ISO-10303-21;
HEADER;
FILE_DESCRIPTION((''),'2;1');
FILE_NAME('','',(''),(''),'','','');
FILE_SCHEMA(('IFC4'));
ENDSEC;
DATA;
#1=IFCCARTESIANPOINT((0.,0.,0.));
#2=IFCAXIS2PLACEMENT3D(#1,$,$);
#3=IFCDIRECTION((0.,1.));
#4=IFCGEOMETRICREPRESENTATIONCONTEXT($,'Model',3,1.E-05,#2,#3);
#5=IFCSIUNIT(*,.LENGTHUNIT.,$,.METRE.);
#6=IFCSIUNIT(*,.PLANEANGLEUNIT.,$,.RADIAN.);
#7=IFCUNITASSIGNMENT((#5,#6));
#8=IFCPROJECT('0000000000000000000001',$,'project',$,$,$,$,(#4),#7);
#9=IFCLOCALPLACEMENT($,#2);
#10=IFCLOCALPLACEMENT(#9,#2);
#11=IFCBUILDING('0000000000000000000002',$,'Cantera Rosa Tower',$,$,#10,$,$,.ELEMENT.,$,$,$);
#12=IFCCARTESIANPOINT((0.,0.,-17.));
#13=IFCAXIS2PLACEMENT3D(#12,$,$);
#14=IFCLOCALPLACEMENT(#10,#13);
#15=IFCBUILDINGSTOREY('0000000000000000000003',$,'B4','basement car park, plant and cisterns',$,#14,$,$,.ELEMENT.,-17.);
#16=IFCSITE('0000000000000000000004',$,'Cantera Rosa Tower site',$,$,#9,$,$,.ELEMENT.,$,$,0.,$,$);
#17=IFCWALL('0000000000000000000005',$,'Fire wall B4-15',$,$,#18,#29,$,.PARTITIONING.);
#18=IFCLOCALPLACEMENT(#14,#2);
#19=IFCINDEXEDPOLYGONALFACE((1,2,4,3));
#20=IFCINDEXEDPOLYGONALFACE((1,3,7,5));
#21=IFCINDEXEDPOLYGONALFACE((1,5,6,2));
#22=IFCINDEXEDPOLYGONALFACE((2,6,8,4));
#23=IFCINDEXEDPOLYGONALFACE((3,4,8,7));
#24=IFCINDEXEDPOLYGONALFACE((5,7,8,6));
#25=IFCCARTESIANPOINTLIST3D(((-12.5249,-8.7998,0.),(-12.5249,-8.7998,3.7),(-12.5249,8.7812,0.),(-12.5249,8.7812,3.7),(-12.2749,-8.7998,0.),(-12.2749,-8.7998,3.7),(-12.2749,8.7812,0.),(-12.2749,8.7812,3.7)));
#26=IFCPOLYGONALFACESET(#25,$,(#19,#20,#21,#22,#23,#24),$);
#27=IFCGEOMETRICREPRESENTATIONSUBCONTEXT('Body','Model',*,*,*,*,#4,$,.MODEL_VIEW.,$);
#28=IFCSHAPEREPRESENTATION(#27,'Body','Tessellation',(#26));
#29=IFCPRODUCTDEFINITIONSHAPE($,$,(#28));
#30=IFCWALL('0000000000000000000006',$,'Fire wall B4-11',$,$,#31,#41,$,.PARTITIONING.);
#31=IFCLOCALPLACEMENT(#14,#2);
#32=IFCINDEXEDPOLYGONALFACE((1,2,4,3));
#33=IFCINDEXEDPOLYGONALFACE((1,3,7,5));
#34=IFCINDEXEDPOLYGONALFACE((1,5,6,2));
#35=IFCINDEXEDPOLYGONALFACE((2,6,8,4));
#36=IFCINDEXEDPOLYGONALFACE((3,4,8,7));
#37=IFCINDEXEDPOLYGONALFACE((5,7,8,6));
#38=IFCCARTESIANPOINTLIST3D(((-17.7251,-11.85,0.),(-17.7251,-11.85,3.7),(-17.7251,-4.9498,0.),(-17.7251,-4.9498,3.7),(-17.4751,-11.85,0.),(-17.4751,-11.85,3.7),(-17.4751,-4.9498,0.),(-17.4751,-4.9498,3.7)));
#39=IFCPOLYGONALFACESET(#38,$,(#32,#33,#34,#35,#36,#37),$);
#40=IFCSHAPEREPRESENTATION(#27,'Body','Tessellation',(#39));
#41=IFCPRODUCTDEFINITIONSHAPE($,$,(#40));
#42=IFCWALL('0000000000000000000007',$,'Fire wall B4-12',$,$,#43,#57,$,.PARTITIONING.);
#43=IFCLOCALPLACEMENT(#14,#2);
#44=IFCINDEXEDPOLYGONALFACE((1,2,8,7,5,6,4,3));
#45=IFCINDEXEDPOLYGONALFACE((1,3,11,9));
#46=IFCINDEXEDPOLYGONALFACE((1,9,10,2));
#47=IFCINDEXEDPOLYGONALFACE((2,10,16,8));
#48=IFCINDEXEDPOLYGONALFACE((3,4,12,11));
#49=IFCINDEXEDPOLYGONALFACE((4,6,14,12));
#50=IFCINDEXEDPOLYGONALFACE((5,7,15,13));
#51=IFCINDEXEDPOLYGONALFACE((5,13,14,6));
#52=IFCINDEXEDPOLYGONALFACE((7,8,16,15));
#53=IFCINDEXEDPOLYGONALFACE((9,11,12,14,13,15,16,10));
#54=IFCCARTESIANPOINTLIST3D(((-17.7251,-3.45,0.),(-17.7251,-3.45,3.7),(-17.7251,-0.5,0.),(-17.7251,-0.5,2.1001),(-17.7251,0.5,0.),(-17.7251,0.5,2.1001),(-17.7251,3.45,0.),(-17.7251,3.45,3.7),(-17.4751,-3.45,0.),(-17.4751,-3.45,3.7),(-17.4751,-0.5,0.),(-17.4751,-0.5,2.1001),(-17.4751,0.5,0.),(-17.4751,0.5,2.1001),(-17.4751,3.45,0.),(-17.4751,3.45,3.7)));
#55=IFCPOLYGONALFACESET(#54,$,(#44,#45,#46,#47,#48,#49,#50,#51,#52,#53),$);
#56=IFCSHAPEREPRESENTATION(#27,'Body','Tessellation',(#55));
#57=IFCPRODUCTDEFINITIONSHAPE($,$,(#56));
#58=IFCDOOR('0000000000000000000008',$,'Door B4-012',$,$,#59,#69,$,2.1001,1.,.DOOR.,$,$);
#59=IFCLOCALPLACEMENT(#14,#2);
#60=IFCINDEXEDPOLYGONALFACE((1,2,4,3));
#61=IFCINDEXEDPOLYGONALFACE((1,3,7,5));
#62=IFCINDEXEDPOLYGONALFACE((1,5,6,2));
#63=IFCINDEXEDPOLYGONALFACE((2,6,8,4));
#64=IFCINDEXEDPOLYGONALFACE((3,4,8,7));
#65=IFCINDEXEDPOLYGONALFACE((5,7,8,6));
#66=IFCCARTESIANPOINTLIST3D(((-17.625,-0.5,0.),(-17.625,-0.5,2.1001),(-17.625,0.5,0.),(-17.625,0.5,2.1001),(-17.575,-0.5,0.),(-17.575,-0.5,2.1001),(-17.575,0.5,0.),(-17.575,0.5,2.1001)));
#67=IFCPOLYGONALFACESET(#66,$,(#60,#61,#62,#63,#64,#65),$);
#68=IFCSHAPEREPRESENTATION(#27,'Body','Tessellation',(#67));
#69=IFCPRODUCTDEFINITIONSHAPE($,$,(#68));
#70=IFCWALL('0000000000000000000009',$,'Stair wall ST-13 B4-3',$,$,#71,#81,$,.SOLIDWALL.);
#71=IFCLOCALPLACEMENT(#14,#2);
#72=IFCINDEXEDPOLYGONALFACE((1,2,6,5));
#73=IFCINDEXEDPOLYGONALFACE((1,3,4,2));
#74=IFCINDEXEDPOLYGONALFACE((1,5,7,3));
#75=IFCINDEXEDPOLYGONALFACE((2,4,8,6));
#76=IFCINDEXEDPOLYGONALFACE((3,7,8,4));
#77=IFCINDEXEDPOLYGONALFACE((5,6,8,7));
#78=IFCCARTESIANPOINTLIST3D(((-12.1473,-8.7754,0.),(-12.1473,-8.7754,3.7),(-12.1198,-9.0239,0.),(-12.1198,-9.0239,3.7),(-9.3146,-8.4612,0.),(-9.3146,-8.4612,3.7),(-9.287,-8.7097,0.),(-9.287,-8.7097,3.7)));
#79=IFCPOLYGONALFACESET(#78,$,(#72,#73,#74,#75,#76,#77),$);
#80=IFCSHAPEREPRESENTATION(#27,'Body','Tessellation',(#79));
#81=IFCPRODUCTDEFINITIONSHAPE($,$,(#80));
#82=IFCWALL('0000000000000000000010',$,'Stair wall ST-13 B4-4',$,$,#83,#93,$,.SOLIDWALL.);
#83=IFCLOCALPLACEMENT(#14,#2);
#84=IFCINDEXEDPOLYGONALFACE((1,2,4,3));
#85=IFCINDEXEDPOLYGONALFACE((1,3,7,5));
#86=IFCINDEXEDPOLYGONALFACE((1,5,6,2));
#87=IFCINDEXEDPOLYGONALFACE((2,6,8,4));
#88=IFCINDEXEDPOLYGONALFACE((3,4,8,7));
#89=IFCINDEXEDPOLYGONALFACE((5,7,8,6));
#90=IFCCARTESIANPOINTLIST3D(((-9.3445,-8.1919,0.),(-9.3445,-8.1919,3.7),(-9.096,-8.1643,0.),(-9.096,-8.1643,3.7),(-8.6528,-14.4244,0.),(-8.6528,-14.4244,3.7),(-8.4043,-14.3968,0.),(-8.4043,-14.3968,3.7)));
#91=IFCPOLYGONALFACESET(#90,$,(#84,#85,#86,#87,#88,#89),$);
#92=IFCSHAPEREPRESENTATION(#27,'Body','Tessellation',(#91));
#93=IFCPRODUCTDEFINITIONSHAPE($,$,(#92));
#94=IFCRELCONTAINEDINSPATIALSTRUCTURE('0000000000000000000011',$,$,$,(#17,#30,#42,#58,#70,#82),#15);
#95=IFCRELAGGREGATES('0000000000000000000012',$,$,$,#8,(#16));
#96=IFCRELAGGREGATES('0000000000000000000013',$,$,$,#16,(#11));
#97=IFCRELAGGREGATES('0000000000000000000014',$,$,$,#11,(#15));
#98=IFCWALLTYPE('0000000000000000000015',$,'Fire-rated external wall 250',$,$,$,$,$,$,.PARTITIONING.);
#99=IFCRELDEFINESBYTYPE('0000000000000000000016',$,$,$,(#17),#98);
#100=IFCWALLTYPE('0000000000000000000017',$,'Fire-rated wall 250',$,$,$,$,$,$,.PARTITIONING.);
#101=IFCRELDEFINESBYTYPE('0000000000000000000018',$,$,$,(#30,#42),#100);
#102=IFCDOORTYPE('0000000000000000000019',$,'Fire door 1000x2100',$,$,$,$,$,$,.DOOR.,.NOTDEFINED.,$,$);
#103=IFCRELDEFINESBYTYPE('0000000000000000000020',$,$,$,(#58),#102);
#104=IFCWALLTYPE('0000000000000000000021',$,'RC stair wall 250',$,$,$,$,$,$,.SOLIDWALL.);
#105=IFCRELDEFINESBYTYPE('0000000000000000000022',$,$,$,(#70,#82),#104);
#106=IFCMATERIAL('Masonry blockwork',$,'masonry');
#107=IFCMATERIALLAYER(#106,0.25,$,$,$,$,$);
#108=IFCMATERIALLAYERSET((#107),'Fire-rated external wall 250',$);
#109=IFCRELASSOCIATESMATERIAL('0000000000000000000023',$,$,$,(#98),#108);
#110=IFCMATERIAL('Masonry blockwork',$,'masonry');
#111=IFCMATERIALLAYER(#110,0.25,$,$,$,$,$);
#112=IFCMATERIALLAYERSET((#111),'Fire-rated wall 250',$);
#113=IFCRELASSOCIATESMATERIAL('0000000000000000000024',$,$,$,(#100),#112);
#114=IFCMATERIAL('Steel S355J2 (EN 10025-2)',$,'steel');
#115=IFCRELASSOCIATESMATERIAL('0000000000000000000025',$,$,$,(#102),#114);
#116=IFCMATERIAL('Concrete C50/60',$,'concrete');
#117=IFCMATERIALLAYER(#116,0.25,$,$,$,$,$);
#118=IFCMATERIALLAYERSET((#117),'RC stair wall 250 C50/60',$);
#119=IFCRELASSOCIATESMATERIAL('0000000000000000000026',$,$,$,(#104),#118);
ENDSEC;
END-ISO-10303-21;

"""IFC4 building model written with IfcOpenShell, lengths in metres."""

from ifc_helpers import new_model, si_unit, direction, frame, frame_2d, origin, place, context, subcontext, project, spatial, rectangle, extrude, material, layer, layer_set, type_object, element, fill, save


model = new_model("IFC4")

# Units and contexts
model_context = context("Model", 3, precision=1e-05, world=origin(), true_north=direction((0.0, 1.0)))
body_context = subcontext(model_context, "Body", "Model", "MODEL_VIEW")
ifc_project = project(units=[si_unit("LENGTHUNIT", "METRE"), si_unit("PLANEANGLEUNIT", "RADIAN")], contexts=[model_context])

# Site, building, storey
site_placement = place(None, origin())
site = spatial("IfcSite", under=ifc_project, at=site_placement, Name="Cantera Rosa Tower site", CompositionType="ELEMENT", RefElevation=0.0)
building_placement = place(site_placement, origin())
building = spatial("IfcBuilding", under=site, at=building_placement, Name="Cantera Rosa Tower", CompositionType="ELEMENT")
storey_placement = place(building_placement, frame((0.0, 0.0, -17.0)))
storey = spatial("IfcBuildingStorey", under=building, at=storey_placement, Name="B4", Description="basement car park, plant and cisterns", CompositionType="ELEMENT", Elevation=-17.0)

# Walls
ifc_material_1 = material(Name="Masonry blockwork", Category="masonry")
ifc_layer_1 = layer(ifc_material_1, 0.25)
ifc_layer_set_1 = layer_set([ifc_layer_1], Name="Fire-rated external wall 250")
wall_type_1 = type_object("IfcWallType", Name="Fire-rated external wall 250", PredefinedType="PARTITIONING", material=ifc_layer_set_1)
wall_1_placement = place(storey_placement, frame((-12.3999, -8.7998, 0.0), z_axis=(0.0, 0.0, 1.0), x_axis=(0.0, 1.0, 0.0)))
element("IfcWall", 1, at=wall_1_placement, inside=storey, type_object=wall_type_1, Name="Fire wall B4-15", PredefinedType="PARTITIONING", context=body_context, shape_type="SweptSolid", body=[
    extrude(rectangle(XDim=17.5811, YDim=0.25, at=frame_2d((8.7905, 0.0))), origin(), (0.0, 0.0, 1.0), 3.7),
])
ifc_material_2 = material(Name="Masonry blockwork", Category="masonry")
ifc_layer_2 = layer(ifc_material_2, 0.25)
ifc_layer_set_2 = layer_set([ifc_layer_2], Name="Fire-rated wall 250")
wall_type_2 = type_object("IfcWallType", Name="Fire-rated wall 250", PredefinedType="PARTITIONING", material=ifc_layer_set_2)
wall_2_placement = place(storey_placement, frame((-17.6001, -11.8501, 0.0), z_axis=(0.0, 0.0, 1.0), x_axis=(0.0, 1.0, 0.0)))
element("IfcWall", 2, at=wall_2_placement, inside=storey, type_object=wall_type_2, Name="Fire wall B4-11", PredefinedType="PARTITIONING", context=body_context, shape_type="SweptSolid", body=[
    extrude(rectangle(XDim=6.9001, YDim=0.25, at=frame_2d((3.4502, 0.0))), origin(), (0.0, 0.0, 1.0), 3.7),
])

# Wall, opening, door
wall_3_placement = place(storey_placement, frame((-17.6001, -3.45, 0.0), z_axis=(0.0, 0.0, 1.0), x_axis=(0.0, 1.0, 0.0)))
wall_3 = element("IfcWall", 3, at=wall_3_placement, inside=storey, type_object=wall_type_2, Name="Fire wall B4-12", PredefinedType="PARTITIONING", context=body_context, shape_type="SweptSolid", body=[
    extrude(rectangle(XDim=6.8999, YDim=0.25, at=frame_2d((3.45, 0.0))), origin(), (0.0, 0.0, 1.0), 3.7),
])
opening_placement = place(wall_3_placement, frame((2.95, 0.0, 0.0)))
opening = element("IfcOpeningElement", 4, at=opening_placement, cuts=wall_3, PredefinedType="OPENING", context=body_context, shape_type="SweptSolid", body=[
    extrude(rectangle(XDim=1.0, YDim=2.1001, at=frame_2d((0.5, 1.05))), frame((0.0, 0.135, 0.0), z_axis=(0.0, -1.0, 0.0), x_axis=(1.0, 0.0, 0.0)), (0.0, 0.0, 1.0), 0.27),
])
ifc_material_3 = material(Name="Steel S355J2 (EN 10025-2)", Category="steel")
door_type = type_object("IfcDoorType", Name="Fire door 1000x2100", OperationType="NOTDEFINED", PredefinedType="DOOR", material=ifc_material_3)
door_placement = place(opening_placement, origin())
door = element("IfcDoor", 5, at=door_placement, inside=storey, type_object=door_type, Name="Door B4-012", OverallHeight=2.1001, OverallWidth=1.0, PredefinedType="DOOR", context=body_context, shape_type="SweptSolid", body=[
    extrude(rectangle(XDim=1.0, YDim=2.1001, at=frame_2d((0.5, 1.05))), frame((0.0, 0.0249, 0.0), z_axis=(0.0, -1.0, 0.0), x_axis=(1.0, 0.0, 0.0)), (0.0, 0.0, 1.0), 0.05),
])
fill(opening, door)

# Walls
ifc_material_4 = material(Name="Concrete C50/60", Category="concrete")
ifc_layer_3 = layer(ifc_material_4, 0.25)
ifc_layer_set_3 = layer_set([ifc_layer_3], Name="RC stair wall 250 C50/60")
wall_type_3 = type_object("IfcWallType", Name="RC stair wall 250", PredefinedType="SOLIDWALL", material=ifc_layer_set_3)
wall_4_placement = place(storey_placement, frame((-12.1335, -8.8997, 0.0), z_axis=(0.0, 0.0, 1.0), x_axis=(0.993905, 0.110243, 0.0)))
element("IfcWall", 6, at=wall_4_placement, inside=storey, type_object=wall_type_3, Name="Stair wall ST-13 B4-3", PredefinedType="SOLIDWALL", context=body_context, shape_type="SweptSolid", body=[
    extrude(rectangle(XDim=2.8501, YDim=0.25, at=frame_2d((1.425, 0.0))), origin(), (0.0, 0.0, 1.0), 3.7),
])
wall_5_placement = place(storey_placement, frame((-9.2202, -8.1782, 0.0), z_axis=(0.0, 0.0, 1.0), x_axis=(0.110299, -0.993898, 0.0)))
element("IfcWall", 7, at=wall_5_placement, inside=storey, type_object=wall_type_3, Name="Stair wall ST-13 B4-4", PredefinedType="SOLIDWALL", context=body_context, shape_type="SweptSolid", body=[
    extrude(rectangle(XDim=6.2708, YDim=0.25, at=frame_2d((3.1353, 0.0))), origin(), (0.0, 0.0, 1.0), 3.7),
])

save(model, "model.ifc")
